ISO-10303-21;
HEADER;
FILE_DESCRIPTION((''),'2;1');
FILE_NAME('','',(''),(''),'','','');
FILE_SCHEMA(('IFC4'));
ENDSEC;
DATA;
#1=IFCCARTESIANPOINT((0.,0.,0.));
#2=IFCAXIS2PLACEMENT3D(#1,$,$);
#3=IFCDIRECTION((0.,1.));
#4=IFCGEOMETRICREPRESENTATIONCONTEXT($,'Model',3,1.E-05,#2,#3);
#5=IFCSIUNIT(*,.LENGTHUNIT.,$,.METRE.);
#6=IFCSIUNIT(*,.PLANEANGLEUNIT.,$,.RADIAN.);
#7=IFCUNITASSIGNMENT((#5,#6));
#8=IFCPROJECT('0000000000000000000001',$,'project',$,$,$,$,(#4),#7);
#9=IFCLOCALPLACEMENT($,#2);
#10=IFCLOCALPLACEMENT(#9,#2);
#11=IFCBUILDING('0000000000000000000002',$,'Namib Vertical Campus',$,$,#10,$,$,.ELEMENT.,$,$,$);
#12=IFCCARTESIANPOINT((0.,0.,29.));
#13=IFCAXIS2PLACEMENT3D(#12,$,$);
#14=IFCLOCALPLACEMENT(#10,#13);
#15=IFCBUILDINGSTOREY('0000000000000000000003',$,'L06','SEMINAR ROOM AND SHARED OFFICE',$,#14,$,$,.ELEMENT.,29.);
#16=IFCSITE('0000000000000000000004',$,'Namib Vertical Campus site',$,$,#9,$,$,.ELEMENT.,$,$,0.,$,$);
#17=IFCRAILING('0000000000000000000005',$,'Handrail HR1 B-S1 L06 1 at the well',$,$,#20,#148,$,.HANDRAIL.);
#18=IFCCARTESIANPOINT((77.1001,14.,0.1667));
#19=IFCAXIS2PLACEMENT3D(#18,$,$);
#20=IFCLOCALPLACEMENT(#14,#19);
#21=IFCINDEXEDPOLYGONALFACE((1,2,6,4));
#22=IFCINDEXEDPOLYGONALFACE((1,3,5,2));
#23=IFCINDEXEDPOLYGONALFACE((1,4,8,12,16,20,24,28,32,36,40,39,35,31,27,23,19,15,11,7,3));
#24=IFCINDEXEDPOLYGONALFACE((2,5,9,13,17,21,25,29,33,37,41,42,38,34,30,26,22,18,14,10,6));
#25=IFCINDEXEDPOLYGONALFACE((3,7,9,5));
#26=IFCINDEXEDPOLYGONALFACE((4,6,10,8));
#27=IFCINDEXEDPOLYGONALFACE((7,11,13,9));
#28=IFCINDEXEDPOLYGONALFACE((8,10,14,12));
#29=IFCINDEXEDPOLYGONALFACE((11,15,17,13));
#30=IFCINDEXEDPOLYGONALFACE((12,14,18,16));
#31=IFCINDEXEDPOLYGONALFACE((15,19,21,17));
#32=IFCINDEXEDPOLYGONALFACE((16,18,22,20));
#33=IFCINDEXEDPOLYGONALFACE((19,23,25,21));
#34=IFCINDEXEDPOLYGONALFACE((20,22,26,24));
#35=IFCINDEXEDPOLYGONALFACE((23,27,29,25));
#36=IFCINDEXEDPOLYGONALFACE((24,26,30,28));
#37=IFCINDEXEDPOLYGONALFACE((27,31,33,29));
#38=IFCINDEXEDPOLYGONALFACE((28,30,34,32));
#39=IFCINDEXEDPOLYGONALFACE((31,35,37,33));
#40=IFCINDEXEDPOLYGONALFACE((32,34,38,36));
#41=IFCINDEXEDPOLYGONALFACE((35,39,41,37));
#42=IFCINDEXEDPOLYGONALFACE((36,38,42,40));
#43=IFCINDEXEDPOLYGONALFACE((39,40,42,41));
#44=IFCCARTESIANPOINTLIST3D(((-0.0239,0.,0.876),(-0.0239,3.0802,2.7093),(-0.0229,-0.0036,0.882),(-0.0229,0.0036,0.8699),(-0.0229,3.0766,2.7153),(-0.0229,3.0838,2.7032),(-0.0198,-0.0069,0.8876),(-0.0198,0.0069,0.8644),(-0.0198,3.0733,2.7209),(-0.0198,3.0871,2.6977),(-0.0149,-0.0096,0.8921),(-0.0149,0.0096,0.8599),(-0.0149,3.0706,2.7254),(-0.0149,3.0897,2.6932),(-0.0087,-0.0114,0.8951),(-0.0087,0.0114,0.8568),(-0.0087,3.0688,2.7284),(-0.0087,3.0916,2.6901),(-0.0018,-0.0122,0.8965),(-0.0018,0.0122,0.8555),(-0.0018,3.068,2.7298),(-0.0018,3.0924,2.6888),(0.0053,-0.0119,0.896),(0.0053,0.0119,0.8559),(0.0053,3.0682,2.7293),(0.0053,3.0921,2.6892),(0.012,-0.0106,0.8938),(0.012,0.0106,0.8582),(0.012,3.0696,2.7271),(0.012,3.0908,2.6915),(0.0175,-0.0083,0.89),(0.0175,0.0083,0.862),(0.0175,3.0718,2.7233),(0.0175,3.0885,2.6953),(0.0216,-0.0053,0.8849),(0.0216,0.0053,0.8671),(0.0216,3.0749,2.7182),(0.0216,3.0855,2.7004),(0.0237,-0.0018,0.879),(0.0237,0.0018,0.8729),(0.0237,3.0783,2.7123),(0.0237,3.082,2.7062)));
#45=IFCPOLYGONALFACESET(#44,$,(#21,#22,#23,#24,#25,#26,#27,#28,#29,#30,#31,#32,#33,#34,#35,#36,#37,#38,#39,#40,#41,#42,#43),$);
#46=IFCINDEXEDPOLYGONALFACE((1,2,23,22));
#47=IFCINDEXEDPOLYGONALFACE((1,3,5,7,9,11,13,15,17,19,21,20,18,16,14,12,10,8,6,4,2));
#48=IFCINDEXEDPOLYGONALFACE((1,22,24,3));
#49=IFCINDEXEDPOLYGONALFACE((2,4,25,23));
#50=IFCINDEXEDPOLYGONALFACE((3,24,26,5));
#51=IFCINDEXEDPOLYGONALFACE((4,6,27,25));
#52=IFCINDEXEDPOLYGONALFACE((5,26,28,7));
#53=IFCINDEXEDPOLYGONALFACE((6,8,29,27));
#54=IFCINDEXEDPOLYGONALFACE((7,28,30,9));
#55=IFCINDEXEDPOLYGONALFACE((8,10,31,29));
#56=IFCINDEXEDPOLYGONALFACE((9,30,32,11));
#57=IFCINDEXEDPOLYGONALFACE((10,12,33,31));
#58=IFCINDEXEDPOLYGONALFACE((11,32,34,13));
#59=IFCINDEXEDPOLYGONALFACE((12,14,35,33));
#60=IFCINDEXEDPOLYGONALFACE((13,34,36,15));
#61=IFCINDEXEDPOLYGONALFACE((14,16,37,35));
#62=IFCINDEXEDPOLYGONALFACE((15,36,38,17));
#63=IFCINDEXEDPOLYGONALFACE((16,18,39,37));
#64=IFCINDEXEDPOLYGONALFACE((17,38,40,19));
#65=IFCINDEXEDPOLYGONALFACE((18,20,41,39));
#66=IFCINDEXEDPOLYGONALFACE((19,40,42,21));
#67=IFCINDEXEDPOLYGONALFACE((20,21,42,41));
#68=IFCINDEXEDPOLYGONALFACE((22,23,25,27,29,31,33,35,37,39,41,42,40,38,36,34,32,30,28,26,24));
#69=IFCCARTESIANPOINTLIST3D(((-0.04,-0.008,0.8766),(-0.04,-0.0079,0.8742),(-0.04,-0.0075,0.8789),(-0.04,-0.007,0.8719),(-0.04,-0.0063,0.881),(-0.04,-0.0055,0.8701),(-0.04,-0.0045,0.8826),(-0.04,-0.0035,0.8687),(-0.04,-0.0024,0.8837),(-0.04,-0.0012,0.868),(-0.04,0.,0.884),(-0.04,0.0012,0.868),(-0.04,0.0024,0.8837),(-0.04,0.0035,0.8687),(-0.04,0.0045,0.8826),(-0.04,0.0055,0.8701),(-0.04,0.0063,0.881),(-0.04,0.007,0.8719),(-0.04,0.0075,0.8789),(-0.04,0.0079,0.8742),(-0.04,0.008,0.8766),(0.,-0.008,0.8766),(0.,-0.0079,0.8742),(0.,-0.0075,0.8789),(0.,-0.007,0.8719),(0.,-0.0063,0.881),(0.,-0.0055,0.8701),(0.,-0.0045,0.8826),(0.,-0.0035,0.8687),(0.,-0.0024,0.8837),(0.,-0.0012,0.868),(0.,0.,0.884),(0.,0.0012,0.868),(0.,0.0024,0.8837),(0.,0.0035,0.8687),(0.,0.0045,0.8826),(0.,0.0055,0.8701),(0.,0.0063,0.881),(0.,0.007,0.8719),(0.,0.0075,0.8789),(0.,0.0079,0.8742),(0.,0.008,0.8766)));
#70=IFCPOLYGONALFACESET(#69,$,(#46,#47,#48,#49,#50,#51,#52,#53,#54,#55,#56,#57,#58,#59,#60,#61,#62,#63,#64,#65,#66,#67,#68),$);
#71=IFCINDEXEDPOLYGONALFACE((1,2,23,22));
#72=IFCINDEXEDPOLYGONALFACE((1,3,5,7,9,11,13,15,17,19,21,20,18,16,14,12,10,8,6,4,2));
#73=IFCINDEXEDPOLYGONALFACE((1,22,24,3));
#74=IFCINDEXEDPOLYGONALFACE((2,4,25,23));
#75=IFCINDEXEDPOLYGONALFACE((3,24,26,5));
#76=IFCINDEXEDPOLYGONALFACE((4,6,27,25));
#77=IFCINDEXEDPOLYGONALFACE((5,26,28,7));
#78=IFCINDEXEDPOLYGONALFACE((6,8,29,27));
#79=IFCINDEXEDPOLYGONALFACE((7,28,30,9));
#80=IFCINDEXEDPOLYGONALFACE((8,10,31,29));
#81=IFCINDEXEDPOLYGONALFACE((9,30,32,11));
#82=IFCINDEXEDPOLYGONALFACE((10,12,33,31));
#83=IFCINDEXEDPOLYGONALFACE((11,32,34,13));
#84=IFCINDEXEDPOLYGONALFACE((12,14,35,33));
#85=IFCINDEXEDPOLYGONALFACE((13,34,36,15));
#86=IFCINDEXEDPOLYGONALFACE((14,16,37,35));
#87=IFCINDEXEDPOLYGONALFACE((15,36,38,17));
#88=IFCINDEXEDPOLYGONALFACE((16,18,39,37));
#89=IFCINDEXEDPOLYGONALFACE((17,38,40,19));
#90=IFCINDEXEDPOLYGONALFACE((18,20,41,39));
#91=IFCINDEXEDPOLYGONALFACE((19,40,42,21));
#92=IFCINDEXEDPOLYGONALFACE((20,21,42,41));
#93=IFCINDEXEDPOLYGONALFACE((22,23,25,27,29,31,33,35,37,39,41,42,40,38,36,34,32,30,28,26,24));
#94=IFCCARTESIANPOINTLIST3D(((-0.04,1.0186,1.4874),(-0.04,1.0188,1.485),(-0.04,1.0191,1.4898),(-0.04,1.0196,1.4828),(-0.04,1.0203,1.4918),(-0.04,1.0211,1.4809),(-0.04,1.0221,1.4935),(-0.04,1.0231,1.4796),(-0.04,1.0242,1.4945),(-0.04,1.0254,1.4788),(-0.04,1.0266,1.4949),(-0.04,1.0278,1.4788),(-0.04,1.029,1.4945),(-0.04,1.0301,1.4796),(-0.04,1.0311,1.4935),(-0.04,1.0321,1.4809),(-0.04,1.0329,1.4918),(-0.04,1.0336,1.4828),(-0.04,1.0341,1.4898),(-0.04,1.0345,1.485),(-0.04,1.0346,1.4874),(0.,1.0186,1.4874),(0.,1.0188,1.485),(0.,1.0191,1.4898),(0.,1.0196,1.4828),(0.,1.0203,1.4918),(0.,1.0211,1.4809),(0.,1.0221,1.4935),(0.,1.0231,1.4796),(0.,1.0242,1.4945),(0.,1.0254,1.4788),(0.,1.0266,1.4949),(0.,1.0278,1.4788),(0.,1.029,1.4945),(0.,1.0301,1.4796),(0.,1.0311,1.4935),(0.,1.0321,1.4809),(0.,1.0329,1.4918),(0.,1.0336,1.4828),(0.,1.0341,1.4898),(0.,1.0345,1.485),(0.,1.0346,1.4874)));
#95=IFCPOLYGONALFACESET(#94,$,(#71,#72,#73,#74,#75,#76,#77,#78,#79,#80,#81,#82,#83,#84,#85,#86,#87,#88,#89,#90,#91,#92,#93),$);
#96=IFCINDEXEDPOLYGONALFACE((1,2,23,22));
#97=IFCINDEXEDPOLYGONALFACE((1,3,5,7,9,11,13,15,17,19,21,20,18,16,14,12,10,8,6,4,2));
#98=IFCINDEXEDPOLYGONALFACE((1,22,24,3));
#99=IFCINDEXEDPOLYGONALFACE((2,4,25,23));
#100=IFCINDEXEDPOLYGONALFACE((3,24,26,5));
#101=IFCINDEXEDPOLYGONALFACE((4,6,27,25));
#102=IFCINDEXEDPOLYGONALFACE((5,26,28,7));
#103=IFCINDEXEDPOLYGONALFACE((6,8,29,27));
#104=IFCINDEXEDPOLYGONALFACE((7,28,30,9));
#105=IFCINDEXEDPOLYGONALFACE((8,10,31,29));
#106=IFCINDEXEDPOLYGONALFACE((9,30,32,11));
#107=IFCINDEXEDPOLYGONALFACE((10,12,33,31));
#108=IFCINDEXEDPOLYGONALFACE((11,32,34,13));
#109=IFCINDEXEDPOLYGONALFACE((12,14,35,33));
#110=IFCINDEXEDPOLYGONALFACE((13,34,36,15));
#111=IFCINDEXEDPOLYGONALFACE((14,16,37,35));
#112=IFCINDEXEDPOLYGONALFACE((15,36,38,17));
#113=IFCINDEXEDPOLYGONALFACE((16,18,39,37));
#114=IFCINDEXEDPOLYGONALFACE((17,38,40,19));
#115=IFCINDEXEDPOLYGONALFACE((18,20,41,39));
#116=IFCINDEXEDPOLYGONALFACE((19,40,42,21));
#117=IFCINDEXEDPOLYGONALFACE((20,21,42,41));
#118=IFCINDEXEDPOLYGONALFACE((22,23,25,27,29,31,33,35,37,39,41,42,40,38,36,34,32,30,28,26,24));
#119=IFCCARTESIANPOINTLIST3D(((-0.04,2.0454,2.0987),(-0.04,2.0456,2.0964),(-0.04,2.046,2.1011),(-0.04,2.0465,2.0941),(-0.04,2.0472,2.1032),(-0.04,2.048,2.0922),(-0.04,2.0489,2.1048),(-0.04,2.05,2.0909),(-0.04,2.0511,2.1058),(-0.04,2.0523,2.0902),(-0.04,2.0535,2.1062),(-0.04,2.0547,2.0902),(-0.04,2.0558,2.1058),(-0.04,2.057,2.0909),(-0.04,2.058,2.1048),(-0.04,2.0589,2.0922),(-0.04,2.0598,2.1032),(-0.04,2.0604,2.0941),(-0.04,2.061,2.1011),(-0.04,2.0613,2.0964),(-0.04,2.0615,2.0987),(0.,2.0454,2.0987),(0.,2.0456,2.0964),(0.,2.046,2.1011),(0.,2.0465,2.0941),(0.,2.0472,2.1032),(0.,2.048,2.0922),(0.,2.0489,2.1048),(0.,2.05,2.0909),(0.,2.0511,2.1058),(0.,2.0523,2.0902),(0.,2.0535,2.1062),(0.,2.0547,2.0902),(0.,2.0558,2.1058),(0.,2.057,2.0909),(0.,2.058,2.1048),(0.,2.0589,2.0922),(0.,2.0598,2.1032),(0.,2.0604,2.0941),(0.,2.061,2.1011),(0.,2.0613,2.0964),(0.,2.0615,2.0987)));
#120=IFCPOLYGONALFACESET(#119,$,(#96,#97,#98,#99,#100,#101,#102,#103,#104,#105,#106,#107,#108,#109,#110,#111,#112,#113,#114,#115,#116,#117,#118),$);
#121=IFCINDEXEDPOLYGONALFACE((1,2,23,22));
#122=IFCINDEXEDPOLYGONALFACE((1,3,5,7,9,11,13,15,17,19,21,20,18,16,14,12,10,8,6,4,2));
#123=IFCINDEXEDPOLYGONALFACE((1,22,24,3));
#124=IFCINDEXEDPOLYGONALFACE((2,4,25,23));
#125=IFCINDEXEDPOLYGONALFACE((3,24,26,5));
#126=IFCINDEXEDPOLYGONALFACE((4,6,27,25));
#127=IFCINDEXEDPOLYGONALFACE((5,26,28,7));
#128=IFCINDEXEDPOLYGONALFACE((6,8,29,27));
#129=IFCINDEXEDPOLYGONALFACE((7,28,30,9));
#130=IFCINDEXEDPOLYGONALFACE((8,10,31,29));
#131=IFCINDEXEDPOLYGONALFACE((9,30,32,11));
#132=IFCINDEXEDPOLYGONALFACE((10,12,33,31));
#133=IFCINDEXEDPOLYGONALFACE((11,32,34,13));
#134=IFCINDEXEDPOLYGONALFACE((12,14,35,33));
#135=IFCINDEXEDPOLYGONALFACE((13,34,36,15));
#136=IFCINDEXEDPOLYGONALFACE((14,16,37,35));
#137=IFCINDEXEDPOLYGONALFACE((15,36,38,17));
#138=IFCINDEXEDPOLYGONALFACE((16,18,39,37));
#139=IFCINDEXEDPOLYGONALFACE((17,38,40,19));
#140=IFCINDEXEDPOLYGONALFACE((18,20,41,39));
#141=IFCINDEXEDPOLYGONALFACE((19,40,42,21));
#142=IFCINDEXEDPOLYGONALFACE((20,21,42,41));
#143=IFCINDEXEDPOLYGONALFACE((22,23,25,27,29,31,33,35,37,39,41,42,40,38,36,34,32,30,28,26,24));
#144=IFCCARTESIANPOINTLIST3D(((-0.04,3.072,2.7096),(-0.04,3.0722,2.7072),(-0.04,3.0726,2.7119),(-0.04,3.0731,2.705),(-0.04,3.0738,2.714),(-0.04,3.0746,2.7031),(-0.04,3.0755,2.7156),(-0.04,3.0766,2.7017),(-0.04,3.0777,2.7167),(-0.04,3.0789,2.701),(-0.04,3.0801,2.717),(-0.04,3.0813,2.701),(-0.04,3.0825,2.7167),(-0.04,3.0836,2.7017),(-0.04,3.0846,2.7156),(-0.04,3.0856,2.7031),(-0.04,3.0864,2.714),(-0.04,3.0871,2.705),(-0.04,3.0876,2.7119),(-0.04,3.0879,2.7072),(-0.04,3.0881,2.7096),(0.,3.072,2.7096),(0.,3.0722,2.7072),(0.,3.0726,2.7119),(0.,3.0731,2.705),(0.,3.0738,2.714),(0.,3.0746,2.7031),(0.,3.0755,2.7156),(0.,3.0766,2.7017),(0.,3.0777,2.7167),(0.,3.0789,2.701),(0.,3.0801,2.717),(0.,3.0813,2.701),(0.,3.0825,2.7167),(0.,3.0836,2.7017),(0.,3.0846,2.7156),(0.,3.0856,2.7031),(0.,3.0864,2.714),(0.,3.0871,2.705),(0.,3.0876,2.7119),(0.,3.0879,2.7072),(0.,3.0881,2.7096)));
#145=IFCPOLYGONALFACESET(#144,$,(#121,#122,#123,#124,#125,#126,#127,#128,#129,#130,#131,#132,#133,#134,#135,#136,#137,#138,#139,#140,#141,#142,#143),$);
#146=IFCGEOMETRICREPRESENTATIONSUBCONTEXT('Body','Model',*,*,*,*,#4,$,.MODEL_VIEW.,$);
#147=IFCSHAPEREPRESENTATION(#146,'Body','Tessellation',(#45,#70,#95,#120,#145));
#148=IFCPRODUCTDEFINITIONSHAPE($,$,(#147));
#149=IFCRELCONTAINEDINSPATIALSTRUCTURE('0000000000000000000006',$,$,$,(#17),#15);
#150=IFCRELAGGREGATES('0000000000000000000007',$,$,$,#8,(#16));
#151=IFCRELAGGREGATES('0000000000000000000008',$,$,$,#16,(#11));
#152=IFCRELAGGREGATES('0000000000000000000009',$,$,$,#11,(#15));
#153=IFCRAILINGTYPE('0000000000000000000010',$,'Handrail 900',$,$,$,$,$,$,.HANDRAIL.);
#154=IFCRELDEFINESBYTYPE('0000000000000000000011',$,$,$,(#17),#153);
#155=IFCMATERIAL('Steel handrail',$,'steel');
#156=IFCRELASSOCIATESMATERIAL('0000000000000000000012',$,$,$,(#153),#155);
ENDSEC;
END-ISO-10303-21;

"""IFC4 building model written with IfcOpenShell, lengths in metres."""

from ifc_helpers import new_model, si_unit, direction, frame, origin, origin_2d, place, context, subcontext, project, spatial, circle, extrude, material, type_object, element, save


model = new_model("IFC4")

# Units and contexts
model_context = context("Model", 3, precision=1e-05, world=origin(), true_north=direction((0.0, 1.0)))
body_context = subcontext(model_context, "Body", "Model", "MODEL_VIEW")
ifc_project = project(units=[si_unit("LENGTHUNIT", "METRE"), si_unit("PLANEANGLEUNIT", "RADIAN")], contexts=[model_context])

# Site, building, storey
site_placement = place(None, origin())
site = spatial("IfcSite", under=ifc_project, at=site_placement, Name="Namib Vertical Campus site", CompositionType="ELEMENT", RefElevation=0.0)
building_placement = place(site_placement, origin())
building = spatial("IfcBuilding", under=site, at=building_placement, Name="Namib Vertical Campus", CompositionType="ELEMENT")
storey_placement = place(building_placement, frame((0.0, 0.0, 29.0)))
storey = spatial("IfcBuildingStorey", under=building, at=storey_placement, Name="L06", Description="SEMINAR ROOM AND SHARED OFFICE", CompositionType="ELEMENT", Elevation=29.0)

# Railing
ifc_material_1 = material(Name="Steel handrail", Category="steel")
railing_type_1 = type_object("IfcRailingType", Name="Handrail 900", PredefinedType="HANDRAIL", material=ifc_material_1)
railing_1_placement = place(storey_placement, frame((77.1001, 14.0, 0.1667)))
element("IfcRailing", 1, at=railing_1_placement, inside=storey, type_object=railing_type_1, Name="Handrail HR1 B-S1 L06 1 at the well", PredefinedType="HANDRAIL", context=body_context, shape_type="SweptSolid", body=[
    extrude(circle(Radius=0.0239, at=origin_2d()), frame((0.0, 0.0, 0.876), z_axis=(0.0, 0.859309, 0.511458), x_axis=(-1.0, 0.0, 0.0)), (0.0, 0.0, 1.0), 3.5845),
    extrude(circle(Radius=0.0081, at=origin_2d()), frame((0.0, 0.0, 0.876), z_axis=(-1.0, 0.0, 0.0), x_axis=(0.0, 0.0, 1.0)), (0.0, 0.0, 1.0), 0.04),
    extrude(circle(Radius=0.0081, at=origin_2d()), frame((0.0, 1.0266, 1.4868), z_axis=(-1.0, 0.0, 0.0), x_axis=(0.0, 0.0, 1.0)), (0.0, 0.0, 1.0), 0.04),
    extrude(circle(Radius=0.0081, at=origin_2d()), frame((0.0, 2.0535, 2.0981), z_axis=(-1.0, 0.0, 0.0), x_axis=(0.0, 0.0, 1.0)), (0.0, 0.0, 1.0), 0.04),
    extrude(circle(Radius=0.0081, at=origin_2d()), frame((0.0, 3.0801, 2.709), z_axis=(-1.0, 0.0, 0.0), x_axis=(0.0, 0.0, 1.0)), (0.0, 0.0, 1.0), 0.04),
])

save(model, "model.ifc")
